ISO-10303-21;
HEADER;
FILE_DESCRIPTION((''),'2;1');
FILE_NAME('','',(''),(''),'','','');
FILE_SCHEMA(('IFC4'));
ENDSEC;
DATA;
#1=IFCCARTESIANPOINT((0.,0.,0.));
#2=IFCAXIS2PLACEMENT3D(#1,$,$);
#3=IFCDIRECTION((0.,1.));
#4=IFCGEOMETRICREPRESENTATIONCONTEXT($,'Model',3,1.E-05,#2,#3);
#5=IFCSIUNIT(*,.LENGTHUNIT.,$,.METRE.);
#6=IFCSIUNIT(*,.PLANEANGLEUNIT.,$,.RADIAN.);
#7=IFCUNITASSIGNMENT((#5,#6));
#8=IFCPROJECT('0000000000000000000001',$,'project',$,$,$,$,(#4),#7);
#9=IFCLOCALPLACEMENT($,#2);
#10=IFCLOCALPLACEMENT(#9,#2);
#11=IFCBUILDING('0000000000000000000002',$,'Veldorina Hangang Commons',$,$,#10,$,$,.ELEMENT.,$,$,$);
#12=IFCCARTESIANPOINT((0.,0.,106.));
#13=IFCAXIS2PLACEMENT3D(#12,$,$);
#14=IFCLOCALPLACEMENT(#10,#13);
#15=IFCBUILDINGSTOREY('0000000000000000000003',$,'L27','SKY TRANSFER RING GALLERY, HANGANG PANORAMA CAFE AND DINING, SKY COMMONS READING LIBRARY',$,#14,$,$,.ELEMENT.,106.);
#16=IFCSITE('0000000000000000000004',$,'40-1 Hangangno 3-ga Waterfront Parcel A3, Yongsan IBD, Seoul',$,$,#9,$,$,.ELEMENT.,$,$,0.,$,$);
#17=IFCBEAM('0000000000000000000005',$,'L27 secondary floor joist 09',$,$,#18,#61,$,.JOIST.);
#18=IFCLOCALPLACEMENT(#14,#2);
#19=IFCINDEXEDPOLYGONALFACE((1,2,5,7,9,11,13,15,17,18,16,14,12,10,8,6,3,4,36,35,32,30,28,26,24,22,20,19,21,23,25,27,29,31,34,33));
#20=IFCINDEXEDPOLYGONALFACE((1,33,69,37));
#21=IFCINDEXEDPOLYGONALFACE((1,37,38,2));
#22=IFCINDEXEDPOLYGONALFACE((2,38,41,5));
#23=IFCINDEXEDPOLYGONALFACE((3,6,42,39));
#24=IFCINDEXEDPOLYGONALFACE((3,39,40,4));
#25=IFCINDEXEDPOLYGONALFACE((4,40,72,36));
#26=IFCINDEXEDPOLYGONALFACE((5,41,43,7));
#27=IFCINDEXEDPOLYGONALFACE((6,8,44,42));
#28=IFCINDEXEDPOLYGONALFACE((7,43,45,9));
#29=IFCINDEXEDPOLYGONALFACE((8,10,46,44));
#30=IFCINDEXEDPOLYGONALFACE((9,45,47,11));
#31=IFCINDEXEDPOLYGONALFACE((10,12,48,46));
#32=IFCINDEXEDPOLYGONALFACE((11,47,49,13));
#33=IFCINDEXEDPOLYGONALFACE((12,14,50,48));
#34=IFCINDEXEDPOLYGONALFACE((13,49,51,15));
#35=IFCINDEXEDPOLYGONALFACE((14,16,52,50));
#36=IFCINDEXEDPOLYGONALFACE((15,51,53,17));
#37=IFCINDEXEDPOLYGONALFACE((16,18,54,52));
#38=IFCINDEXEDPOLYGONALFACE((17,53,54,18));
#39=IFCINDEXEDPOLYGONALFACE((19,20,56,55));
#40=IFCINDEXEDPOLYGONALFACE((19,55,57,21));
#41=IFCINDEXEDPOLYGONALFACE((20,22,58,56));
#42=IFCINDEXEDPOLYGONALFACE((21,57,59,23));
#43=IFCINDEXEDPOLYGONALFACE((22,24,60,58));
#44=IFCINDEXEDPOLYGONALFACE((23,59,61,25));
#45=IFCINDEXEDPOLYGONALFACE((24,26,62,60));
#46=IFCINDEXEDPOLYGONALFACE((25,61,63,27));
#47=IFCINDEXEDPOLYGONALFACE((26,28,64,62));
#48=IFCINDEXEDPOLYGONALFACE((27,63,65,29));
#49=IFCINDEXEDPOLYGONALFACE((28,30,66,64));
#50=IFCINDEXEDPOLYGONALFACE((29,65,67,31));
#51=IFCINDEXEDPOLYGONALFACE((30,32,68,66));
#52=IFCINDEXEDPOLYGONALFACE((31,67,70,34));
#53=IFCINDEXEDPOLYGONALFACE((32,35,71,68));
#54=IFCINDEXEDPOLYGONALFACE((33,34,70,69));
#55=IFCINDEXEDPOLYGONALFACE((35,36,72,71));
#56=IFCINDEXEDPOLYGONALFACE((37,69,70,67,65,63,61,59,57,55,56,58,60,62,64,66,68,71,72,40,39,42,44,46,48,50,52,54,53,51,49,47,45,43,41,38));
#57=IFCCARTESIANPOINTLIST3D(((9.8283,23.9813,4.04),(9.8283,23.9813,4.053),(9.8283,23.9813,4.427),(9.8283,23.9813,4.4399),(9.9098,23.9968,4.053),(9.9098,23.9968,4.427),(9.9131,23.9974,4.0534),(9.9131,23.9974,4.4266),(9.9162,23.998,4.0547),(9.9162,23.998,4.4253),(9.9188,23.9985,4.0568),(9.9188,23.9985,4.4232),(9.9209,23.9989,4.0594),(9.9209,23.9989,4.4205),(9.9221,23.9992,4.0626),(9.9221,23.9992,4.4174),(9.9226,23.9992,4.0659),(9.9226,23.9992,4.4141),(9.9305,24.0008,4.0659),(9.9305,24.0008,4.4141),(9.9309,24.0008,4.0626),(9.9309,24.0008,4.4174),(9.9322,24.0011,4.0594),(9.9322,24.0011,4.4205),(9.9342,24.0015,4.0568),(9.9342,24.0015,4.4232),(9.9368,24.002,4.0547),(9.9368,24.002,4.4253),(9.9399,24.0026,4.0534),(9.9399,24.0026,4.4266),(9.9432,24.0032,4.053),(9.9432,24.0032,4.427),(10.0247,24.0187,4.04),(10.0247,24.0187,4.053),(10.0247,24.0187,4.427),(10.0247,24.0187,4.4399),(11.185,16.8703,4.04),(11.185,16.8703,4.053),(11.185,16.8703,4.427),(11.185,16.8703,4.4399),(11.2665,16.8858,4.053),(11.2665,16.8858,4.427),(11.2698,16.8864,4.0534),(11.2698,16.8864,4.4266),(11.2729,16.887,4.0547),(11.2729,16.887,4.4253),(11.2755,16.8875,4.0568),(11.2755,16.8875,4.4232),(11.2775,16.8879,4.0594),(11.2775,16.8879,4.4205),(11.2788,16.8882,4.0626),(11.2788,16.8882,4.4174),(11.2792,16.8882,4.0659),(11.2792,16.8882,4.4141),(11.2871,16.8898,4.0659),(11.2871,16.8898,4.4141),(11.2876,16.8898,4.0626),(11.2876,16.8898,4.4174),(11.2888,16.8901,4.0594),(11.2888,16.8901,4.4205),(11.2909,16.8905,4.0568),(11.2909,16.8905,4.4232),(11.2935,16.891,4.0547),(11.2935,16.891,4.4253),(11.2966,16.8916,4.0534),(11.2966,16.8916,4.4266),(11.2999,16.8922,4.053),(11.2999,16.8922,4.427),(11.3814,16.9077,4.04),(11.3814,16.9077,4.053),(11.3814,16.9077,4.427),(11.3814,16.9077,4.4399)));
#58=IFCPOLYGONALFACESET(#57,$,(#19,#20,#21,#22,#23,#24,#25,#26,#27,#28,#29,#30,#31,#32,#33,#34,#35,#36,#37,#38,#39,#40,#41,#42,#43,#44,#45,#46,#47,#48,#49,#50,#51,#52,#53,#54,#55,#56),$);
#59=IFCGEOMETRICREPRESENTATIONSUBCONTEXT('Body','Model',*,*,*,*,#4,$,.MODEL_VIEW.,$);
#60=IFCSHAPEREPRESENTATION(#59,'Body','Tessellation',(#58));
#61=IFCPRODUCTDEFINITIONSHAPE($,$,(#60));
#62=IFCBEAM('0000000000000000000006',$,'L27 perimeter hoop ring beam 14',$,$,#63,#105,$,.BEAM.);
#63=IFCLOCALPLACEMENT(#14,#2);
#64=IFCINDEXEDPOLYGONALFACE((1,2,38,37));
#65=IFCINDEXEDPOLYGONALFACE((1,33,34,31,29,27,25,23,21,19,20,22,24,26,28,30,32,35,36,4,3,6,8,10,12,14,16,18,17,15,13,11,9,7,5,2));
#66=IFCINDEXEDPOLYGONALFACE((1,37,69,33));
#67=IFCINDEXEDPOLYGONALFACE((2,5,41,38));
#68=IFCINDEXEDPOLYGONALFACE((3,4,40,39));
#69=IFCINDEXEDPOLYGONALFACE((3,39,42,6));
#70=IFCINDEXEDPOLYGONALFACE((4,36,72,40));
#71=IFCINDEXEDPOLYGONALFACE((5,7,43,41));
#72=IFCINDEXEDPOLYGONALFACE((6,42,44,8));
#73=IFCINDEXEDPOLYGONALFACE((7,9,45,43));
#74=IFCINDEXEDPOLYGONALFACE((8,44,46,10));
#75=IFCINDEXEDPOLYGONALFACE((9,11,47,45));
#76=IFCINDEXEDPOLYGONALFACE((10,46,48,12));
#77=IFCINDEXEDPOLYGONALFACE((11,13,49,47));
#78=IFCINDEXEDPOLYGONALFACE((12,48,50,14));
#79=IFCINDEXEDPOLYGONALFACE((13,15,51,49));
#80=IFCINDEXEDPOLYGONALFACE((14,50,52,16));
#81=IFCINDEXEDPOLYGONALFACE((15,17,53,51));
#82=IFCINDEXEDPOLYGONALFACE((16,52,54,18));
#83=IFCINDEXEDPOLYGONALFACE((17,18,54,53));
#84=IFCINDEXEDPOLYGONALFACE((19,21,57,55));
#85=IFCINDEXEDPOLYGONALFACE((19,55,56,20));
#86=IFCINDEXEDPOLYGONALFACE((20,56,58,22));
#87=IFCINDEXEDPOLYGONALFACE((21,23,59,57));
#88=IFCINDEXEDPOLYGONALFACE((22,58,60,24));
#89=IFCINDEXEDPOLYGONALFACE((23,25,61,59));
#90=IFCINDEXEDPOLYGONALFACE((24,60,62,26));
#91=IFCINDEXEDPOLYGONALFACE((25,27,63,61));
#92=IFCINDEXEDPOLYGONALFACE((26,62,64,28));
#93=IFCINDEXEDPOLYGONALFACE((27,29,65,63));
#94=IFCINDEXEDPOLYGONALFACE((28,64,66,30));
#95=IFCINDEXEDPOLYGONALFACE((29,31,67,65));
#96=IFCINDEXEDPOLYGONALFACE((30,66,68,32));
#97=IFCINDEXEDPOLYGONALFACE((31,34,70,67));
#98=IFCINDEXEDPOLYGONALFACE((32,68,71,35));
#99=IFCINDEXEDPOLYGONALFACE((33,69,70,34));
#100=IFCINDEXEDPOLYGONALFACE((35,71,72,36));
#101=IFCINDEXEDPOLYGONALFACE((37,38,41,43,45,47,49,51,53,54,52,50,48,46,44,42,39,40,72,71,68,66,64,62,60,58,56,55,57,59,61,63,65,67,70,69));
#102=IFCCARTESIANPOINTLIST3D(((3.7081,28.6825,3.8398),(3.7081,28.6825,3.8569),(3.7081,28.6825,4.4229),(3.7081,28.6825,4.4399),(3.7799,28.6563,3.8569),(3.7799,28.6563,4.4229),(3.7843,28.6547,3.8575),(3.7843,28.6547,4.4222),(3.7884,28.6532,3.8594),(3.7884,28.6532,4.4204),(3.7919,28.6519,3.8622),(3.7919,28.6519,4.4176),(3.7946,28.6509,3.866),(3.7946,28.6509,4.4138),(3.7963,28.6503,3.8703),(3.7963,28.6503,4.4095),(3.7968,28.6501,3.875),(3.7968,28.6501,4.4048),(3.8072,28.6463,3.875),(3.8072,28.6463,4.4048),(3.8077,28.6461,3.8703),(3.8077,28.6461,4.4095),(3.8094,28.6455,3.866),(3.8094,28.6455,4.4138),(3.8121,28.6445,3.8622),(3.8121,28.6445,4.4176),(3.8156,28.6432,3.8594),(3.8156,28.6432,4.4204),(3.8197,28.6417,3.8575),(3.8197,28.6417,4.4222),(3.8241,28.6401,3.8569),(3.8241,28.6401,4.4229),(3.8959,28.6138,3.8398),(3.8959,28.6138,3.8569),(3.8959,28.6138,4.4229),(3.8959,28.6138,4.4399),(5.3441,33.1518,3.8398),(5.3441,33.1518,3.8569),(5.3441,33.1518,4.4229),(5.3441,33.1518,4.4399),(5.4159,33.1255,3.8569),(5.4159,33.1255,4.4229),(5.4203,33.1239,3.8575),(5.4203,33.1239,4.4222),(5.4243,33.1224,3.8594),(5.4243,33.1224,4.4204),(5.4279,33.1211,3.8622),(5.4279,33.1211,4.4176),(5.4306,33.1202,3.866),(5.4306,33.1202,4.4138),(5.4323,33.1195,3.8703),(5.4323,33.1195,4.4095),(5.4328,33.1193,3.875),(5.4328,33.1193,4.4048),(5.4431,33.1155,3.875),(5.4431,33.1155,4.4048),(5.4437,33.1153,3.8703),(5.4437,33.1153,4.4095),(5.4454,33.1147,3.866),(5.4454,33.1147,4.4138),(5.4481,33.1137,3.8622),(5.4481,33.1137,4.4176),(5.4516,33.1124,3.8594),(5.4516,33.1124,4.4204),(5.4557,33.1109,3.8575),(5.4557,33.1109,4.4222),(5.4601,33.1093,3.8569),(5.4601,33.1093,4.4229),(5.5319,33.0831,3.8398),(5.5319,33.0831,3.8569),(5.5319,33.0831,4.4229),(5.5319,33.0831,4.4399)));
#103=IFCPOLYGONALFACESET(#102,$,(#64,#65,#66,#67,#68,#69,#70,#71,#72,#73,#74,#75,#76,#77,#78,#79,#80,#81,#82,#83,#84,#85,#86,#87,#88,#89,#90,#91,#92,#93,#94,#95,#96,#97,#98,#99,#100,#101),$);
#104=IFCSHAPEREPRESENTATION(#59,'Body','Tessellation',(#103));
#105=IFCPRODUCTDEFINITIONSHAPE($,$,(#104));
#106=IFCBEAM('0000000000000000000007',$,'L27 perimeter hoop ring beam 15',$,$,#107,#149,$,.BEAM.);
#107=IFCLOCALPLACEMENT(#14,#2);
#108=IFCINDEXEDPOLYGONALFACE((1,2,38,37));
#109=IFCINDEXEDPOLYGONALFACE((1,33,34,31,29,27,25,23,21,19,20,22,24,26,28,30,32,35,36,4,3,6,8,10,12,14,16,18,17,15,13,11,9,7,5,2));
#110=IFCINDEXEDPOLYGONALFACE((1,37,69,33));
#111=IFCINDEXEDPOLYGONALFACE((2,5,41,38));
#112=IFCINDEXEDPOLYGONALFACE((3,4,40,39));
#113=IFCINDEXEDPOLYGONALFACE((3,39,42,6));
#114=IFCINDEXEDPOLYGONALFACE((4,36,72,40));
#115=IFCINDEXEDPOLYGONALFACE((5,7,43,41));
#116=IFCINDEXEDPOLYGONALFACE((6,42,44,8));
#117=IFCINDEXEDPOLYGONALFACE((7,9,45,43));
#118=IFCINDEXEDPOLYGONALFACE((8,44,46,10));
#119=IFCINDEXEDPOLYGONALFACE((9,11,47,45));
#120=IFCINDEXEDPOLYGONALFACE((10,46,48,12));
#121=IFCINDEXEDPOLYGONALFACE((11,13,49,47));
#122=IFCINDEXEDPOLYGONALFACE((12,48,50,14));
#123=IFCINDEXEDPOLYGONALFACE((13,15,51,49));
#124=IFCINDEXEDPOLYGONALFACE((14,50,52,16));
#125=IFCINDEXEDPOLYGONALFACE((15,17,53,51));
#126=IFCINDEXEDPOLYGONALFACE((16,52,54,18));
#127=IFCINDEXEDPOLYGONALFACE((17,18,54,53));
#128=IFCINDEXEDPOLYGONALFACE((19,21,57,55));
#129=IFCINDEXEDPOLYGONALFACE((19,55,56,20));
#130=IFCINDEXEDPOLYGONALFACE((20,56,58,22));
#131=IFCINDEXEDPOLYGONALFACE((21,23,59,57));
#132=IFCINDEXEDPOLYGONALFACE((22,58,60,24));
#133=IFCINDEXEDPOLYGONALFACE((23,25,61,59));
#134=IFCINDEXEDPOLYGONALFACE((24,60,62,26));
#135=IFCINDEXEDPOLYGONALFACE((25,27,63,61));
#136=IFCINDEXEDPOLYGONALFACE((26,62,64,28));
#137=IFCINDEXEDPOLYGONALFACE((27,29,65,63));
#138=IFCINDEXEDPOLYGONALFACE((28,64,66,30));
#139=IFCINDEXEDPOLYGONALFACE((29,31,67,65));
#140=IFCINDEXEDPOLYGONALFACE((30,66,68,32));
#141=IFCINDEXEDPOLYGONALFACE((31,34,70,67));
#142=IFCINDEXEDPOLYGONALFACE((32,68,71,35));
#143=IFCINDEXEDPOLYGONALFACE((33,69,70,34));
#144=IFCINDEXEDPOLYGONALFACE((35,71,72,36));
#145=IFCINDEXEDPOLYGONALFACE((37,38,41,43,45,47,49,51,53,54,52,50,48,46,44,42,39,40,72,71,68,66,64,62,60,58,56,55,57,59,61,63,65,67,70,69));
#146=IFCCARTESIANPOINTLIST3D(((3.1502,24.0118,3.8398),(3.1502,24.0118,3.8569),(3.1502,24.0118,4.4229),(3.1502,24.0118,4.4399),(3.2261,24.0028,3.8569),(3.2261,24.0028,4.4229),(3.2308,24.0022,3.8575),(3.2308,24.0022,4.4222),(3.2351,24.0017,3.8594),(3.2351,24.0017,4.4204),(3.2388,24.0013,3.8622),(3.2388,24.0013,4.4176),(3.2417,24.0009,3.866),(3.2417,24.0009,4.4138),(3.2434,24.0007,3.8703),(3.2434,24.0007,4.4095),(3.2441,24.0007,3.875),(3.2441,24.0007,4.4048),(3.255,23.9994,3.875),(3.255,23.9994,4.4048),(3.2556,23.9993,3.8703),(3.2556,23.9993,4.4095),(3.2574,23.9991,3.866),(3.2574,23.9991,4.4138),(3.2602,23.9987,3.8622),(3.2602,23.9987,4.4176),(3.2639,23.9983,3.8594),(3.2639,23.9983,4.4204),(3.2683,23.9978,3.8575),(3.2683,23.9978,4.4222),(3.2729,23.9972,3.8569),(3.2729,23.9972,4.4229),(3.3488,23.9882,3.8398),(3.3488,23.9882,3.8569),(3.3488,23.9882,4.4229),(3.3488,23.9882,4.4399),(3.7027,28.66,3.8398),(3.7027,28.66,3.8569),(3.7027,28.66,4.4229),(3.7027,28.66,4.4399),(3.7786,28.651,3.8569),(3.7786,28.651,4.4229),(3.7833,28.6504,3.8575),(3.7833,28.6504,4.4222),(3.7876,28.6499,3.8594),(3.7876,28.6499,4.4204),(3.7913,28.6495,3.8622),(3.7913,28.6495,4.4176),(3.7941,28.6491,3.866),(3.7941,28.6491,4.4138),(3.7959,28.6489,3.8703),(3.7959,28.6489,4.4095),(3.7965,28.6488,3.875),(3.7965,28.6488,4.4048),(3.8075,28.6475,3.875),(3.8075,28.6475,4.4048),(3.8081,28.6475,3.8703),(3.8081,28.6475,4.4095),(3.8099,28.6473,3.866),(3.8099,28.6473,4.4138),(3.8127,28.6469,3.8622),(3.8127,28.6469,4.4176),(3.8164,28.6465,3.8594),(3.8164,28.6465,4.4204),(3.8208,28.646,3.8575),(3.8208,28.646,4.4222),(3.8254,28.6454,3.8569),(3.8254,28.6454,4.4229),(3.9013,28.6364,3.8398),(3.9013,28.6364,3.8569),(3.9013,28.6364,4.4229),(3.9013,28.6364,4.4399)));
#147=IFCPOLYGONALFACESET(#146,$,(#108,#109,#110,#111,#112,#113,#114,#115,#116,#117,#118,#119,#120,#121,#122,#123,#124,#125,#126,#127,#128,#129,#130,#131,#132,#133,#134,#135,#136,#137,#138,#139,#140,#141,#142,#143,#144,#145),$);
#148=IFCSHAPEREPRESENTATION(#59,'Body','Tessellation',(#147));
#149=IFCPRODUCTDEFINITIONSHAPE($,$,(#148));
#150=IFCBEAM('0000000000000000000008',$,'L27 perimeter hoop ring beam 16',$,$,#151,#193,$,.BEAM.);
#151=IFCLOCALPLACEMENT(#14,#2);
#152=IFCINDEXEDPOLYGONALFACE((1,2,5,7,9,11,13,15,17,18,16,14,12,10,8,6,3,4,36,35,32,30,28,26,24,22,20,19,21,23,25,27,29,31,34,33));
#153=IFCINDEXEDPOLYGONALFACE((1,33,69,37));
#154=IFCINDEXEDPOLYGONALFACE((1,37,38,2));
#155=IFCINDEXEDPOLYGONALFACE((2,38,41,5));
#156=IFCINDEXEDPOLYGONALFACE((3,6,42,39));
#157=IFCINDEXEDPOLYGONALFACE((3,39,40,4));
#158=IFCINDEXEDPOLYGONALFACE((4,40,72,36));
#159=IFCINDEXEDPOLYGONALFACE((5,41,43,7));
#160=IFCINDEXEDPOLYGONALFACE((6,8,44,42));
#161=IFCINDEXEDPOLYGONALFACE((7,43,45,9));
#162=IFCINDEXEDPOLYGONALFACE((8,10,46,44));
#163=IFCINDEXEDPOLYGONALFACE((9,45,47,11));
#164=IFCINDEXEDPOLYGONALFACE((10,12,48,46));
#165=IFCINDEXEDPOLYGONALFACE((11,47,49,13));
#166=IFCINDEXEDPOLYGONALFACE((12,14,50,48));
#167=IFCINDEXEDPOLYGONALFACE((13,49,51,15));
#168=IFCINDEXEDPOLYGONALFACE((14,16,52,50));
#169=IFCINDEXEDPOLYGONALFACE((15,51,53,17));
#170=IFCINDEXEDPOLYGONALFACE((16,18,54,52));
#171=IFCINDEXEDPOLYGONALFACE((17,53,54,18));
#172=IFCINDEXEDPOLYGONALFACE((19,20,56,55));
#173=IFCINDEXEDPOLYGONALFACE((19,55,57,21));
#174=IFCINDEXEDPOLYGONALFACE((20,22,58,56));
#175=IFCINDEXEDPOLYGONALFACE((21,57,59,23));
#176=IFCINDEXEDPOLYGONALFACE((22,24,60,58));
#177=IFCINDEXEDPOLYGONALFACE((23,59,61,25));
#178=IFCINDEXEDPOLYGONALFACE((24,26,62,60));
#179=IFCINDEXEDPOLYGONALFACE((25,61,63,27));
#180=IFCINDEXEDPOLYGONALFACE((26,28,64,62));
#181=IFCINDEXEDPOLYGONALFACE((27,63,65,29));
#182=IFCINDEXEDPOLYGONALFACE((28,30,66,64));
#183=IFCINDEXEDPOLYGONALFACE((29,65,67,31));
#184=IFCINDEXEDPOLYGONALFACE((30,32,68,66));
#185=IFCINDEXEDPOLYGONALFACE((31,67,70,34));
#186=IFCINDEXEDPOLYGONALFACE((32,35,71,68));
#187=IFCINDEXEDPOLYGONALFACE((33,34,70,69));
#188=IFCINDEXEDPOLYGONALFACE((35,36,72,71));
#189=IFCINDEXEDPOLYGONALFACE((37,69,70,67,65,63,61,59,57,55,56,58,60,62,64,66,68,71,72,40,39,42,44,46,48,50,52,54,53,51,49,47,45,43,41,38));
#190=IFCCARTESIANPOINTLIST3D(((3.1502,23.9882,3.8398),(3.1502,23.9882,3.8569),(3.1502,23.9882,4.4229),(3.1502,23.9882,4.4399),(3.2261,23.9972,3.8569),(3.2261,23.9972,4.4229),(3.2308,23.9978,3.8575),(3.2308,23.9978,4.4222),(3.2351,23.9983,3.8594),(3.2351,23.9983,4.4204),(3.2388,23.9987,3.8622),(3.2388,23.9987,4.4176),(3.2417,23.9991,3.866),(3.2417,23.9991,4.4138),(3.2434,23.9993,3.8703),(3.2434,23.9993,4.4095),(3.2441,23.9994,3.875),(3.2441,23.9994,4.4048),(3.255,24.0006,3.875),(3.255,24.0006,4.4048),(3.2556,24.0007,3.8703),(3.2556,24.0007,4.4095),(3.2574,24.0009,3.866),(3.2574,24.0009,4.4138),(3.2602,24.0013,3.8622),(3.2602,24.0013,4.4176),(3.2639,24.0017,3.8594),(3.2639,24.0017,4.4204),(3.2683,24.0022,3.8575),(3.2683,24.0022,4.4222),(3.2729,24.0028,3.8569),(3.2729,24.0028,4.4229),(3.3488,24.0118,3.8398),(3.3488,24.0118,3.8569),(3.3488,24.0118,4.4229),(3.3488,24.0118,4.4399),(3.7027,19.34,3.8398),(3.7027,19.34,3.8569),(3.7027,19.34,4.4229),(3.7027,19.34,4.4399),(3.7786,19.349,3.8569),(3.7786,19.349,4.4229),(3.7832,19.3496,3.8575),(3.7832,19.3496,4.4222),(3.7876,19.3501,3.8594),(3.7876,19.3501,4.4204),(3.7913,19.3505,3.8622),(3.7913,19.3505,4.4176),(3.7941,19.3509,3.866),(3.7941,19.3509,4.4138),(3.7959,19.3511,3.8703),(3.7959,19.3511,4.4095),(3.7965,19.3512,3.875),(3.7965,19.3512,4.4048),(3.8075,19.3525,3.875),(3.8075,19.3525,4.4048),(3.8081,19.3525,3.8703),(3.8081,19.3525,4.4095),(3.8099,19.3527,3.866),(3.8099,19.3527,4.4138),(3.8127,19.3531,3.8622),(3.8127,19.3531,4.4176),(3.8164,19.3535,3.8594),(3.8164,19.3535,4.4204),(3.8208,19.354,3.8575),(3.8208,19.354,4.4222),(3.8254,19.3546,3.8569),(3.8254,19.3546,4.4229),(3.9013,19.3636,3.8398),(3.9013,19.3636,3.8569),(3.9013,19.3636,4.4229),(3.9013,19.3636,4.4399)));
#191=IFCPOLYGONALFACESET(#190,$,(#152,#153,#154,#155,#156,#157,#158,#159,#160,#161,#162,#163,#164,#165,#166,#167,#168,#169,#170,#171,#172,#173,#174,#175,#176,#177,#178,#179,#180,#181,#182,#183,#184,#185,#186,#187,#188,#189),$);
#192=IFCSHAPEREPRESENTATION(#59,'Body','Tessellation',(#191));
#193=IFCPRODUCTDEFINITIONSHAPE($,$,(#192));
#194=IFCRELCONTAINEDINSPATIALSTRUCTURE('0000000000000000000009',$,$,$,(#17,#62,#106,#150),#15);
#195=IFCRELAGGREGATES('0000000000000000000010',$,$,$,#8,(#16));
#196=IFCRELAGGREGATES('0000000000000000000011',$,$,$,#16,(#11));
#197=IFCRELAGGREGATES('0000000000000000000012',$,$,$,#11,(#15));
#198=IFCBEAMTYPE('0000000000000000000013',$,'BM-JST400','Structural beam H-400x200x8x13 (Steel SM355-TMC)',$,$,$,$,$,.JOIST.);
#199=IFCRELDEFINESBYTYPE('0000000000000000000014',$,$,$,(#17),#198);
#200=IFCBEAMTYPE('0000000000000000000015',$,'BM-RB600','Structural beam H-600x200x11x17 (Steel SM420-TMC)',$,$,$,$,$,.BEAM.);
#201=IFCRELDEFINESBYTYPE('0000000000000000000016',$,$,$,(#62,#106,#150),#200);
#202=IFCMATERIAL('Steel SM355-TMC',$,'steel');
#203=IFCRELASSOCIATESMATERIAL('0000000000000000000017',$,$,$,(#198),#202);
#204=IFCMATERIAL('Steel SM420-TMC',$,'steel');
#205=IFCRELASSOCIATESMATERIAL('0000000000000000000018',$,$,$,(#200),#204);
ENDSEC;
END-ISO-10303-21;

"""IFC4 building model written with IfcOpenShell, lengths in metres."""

from ifc_helpers import new_model, si_unit, direction, frame, origin, origin_2d, place, context, subcontext, project, spatial, i_section, extrude, material, material_profile, profile_set, type_object, element, save


model = new_model("IFC4")

# Units and contexts
model_context = context("Model", 3, precision=1e-05, world=origin(), true_north=direction((0.0, 1.0)))
body_context = subcontext(model_context, "Body", "Model", "MODEL_VIEW")
ifc_project = project(units=[si_unit("LENGTHUNIT", "METRE"), si_unit("PLANEANGLEUNIT", "RADIAN")], contexts=[model_context])

# Site, building, storey
site_placement = place(None, origin())
site = spatial("IfcSite", under=ifc_project, at=site_placement, Name="40-1 Hangangno 3-ga Waterfront Parcel A3, Yongsan IBD, Seoul", CompositionType="ELEMENT", RefElevation=0.0)
building_placement = place(site_placement, origin())
building = spatial("IfcBuilding", under=site, at=building_placement, Name="Veldorina Hangang Commons", CompositionType="ELEMENT")
storey_placement = place(building_placement, frame((0.0, 0.0, 106.0)))
storey = spatial("IfcBuildingStorey", under=building, at=storey_placement, Name="L27", Description="SKY TRANSFER RING GALLERY, HANGANG PANORAMA CAFE AND DINING, SKY COMMONS READING LIBRARY", CompositionType="ELEMENT", Elevation=106.0)

# Beams
ifc_material_1 = material(Name="Steel SM355-TMC", Category="steel")
ifc_material_profile_1 = material_profile(ifc_material_1, i_section(OverallWidth=0.2, OverallDepth=0.3999, WebThickness=0.0081, FlangeThickness=0.0129, FilletRadius=0.0129, at=origin_2d()), Name="H-400x200x8x13")
ifc_profile_set_1 = profile_set([ifc_material_profile_1], Name="Steel SM355-TMC")
beam_type_1 = type_object("IfcBeamType", Name="BM-JST400", Description="Structural beam H-400x200x8x13 (Steel SM355-TMC)", PredefinedType="JOIST", material=ifc_profile_set_1)
beam_1_placement = place(storey_placement, frame((9.9265, 24.0, 4.24), z_axis=(0.187405, -0.982283, 0.0), x_axis=(0.982283, 0.187405, 0.0)))
element("IfcBeam", 1, at=beam_1_placement, inside=storey, type_object=beam_type_1, Name="L27 secondary floor joist 09", PredefinedType="JOIST", context=body_context, shape_type="SweptSolid", body=[
    extrude(i_section(OverallWidth=0.2, OverallDepth=0.3999, WebThickness=0.0081, FlangeThickness=0.0129, FilletRadius=0.0129, at=origin_2d()), origin(), (0.0, 0.0, 1.0), 7.2393),
])
ifc_material_2 = material(Name="Steel SM420-TMC", Category="steel")
ifc_material_profile_2 = material_profile(ifc_material_2, i_section(OverallWidth=0.2, OverallDepth=0.6001, WebThickness=0.011, FlangeThickness=0.0171, FilletRadius=0.0181, at=origin_2d()), Name="H-600x200x11x17")
ifc_profile_set_2 = profile_set([ifc_material_profile_2], Name="Steel SM420-TMC")
beam_type_2 = type_object("IfcBeamType", Name="BM-RB600", Description="Structural beam H-600x200x11x17 (Steel SM420-TMC)", PredefinedType="BEAM", material=ifc_profile_set_2)
beam_2_placement = place(storey_placement, frame((5.438, 33.1174, 4.1399), z_axis=(-0.343748, -0.939062, 0.0), x_axis=(0.939062, -0.343748, 0.0)))
element("IfcBeam", 2, at=beam_2_placement, inside=storey, type_object=beam_type_2, Name="L27 perimeter hoop ring beam 14", PredefinedType="BEAM", context=body_context, shape_type="SweptSolid", body=[
    extrude(i_section(OverallWidth=0.2, OverallDepth=0.6001, WebThickness=0.011, FlangeThickness=0.0171, FilletRadius=0.0181, at=origin_2d()), origin(), (0.0, 0.0, 1.0), 4.7593),
])
for number, where, z_axis, x_axis, name in (
    (3, (3.802, 28.6482, 4.1399), (-0.11803, -0.99301, 0.0), (0.99301, -0.11803, 0.0), "L27 perimeter hoop ring beam 15"),
    (4, (3.2495, 24.0, 4.1399), (0.11803, -0.99301, 0.0), (0.99301, 0.11803, 0.0), "L27 perimeter hoop ring beam 16"),
):
    element("IfcBeam", number, at=place(storey_placement, frame(where, z_axis=z_axis, x_axis=x_axis)), inside=storey, type_object=beam_type_2, Name=name, PredefinedType="BEAM", context=body_context, shape_type="SweptSolid", body=[
        extrude(i_section(OverallWidth=0.2, OverallDepth=0.6001, WebThickness=0.011, FlangeThickness=0.0171, FilletRadius=0.0181, at=origin_2d()), origin(), (0.0, 0.0, 1.0), 4.6809),
    ])

save(model, "model.ifc")
